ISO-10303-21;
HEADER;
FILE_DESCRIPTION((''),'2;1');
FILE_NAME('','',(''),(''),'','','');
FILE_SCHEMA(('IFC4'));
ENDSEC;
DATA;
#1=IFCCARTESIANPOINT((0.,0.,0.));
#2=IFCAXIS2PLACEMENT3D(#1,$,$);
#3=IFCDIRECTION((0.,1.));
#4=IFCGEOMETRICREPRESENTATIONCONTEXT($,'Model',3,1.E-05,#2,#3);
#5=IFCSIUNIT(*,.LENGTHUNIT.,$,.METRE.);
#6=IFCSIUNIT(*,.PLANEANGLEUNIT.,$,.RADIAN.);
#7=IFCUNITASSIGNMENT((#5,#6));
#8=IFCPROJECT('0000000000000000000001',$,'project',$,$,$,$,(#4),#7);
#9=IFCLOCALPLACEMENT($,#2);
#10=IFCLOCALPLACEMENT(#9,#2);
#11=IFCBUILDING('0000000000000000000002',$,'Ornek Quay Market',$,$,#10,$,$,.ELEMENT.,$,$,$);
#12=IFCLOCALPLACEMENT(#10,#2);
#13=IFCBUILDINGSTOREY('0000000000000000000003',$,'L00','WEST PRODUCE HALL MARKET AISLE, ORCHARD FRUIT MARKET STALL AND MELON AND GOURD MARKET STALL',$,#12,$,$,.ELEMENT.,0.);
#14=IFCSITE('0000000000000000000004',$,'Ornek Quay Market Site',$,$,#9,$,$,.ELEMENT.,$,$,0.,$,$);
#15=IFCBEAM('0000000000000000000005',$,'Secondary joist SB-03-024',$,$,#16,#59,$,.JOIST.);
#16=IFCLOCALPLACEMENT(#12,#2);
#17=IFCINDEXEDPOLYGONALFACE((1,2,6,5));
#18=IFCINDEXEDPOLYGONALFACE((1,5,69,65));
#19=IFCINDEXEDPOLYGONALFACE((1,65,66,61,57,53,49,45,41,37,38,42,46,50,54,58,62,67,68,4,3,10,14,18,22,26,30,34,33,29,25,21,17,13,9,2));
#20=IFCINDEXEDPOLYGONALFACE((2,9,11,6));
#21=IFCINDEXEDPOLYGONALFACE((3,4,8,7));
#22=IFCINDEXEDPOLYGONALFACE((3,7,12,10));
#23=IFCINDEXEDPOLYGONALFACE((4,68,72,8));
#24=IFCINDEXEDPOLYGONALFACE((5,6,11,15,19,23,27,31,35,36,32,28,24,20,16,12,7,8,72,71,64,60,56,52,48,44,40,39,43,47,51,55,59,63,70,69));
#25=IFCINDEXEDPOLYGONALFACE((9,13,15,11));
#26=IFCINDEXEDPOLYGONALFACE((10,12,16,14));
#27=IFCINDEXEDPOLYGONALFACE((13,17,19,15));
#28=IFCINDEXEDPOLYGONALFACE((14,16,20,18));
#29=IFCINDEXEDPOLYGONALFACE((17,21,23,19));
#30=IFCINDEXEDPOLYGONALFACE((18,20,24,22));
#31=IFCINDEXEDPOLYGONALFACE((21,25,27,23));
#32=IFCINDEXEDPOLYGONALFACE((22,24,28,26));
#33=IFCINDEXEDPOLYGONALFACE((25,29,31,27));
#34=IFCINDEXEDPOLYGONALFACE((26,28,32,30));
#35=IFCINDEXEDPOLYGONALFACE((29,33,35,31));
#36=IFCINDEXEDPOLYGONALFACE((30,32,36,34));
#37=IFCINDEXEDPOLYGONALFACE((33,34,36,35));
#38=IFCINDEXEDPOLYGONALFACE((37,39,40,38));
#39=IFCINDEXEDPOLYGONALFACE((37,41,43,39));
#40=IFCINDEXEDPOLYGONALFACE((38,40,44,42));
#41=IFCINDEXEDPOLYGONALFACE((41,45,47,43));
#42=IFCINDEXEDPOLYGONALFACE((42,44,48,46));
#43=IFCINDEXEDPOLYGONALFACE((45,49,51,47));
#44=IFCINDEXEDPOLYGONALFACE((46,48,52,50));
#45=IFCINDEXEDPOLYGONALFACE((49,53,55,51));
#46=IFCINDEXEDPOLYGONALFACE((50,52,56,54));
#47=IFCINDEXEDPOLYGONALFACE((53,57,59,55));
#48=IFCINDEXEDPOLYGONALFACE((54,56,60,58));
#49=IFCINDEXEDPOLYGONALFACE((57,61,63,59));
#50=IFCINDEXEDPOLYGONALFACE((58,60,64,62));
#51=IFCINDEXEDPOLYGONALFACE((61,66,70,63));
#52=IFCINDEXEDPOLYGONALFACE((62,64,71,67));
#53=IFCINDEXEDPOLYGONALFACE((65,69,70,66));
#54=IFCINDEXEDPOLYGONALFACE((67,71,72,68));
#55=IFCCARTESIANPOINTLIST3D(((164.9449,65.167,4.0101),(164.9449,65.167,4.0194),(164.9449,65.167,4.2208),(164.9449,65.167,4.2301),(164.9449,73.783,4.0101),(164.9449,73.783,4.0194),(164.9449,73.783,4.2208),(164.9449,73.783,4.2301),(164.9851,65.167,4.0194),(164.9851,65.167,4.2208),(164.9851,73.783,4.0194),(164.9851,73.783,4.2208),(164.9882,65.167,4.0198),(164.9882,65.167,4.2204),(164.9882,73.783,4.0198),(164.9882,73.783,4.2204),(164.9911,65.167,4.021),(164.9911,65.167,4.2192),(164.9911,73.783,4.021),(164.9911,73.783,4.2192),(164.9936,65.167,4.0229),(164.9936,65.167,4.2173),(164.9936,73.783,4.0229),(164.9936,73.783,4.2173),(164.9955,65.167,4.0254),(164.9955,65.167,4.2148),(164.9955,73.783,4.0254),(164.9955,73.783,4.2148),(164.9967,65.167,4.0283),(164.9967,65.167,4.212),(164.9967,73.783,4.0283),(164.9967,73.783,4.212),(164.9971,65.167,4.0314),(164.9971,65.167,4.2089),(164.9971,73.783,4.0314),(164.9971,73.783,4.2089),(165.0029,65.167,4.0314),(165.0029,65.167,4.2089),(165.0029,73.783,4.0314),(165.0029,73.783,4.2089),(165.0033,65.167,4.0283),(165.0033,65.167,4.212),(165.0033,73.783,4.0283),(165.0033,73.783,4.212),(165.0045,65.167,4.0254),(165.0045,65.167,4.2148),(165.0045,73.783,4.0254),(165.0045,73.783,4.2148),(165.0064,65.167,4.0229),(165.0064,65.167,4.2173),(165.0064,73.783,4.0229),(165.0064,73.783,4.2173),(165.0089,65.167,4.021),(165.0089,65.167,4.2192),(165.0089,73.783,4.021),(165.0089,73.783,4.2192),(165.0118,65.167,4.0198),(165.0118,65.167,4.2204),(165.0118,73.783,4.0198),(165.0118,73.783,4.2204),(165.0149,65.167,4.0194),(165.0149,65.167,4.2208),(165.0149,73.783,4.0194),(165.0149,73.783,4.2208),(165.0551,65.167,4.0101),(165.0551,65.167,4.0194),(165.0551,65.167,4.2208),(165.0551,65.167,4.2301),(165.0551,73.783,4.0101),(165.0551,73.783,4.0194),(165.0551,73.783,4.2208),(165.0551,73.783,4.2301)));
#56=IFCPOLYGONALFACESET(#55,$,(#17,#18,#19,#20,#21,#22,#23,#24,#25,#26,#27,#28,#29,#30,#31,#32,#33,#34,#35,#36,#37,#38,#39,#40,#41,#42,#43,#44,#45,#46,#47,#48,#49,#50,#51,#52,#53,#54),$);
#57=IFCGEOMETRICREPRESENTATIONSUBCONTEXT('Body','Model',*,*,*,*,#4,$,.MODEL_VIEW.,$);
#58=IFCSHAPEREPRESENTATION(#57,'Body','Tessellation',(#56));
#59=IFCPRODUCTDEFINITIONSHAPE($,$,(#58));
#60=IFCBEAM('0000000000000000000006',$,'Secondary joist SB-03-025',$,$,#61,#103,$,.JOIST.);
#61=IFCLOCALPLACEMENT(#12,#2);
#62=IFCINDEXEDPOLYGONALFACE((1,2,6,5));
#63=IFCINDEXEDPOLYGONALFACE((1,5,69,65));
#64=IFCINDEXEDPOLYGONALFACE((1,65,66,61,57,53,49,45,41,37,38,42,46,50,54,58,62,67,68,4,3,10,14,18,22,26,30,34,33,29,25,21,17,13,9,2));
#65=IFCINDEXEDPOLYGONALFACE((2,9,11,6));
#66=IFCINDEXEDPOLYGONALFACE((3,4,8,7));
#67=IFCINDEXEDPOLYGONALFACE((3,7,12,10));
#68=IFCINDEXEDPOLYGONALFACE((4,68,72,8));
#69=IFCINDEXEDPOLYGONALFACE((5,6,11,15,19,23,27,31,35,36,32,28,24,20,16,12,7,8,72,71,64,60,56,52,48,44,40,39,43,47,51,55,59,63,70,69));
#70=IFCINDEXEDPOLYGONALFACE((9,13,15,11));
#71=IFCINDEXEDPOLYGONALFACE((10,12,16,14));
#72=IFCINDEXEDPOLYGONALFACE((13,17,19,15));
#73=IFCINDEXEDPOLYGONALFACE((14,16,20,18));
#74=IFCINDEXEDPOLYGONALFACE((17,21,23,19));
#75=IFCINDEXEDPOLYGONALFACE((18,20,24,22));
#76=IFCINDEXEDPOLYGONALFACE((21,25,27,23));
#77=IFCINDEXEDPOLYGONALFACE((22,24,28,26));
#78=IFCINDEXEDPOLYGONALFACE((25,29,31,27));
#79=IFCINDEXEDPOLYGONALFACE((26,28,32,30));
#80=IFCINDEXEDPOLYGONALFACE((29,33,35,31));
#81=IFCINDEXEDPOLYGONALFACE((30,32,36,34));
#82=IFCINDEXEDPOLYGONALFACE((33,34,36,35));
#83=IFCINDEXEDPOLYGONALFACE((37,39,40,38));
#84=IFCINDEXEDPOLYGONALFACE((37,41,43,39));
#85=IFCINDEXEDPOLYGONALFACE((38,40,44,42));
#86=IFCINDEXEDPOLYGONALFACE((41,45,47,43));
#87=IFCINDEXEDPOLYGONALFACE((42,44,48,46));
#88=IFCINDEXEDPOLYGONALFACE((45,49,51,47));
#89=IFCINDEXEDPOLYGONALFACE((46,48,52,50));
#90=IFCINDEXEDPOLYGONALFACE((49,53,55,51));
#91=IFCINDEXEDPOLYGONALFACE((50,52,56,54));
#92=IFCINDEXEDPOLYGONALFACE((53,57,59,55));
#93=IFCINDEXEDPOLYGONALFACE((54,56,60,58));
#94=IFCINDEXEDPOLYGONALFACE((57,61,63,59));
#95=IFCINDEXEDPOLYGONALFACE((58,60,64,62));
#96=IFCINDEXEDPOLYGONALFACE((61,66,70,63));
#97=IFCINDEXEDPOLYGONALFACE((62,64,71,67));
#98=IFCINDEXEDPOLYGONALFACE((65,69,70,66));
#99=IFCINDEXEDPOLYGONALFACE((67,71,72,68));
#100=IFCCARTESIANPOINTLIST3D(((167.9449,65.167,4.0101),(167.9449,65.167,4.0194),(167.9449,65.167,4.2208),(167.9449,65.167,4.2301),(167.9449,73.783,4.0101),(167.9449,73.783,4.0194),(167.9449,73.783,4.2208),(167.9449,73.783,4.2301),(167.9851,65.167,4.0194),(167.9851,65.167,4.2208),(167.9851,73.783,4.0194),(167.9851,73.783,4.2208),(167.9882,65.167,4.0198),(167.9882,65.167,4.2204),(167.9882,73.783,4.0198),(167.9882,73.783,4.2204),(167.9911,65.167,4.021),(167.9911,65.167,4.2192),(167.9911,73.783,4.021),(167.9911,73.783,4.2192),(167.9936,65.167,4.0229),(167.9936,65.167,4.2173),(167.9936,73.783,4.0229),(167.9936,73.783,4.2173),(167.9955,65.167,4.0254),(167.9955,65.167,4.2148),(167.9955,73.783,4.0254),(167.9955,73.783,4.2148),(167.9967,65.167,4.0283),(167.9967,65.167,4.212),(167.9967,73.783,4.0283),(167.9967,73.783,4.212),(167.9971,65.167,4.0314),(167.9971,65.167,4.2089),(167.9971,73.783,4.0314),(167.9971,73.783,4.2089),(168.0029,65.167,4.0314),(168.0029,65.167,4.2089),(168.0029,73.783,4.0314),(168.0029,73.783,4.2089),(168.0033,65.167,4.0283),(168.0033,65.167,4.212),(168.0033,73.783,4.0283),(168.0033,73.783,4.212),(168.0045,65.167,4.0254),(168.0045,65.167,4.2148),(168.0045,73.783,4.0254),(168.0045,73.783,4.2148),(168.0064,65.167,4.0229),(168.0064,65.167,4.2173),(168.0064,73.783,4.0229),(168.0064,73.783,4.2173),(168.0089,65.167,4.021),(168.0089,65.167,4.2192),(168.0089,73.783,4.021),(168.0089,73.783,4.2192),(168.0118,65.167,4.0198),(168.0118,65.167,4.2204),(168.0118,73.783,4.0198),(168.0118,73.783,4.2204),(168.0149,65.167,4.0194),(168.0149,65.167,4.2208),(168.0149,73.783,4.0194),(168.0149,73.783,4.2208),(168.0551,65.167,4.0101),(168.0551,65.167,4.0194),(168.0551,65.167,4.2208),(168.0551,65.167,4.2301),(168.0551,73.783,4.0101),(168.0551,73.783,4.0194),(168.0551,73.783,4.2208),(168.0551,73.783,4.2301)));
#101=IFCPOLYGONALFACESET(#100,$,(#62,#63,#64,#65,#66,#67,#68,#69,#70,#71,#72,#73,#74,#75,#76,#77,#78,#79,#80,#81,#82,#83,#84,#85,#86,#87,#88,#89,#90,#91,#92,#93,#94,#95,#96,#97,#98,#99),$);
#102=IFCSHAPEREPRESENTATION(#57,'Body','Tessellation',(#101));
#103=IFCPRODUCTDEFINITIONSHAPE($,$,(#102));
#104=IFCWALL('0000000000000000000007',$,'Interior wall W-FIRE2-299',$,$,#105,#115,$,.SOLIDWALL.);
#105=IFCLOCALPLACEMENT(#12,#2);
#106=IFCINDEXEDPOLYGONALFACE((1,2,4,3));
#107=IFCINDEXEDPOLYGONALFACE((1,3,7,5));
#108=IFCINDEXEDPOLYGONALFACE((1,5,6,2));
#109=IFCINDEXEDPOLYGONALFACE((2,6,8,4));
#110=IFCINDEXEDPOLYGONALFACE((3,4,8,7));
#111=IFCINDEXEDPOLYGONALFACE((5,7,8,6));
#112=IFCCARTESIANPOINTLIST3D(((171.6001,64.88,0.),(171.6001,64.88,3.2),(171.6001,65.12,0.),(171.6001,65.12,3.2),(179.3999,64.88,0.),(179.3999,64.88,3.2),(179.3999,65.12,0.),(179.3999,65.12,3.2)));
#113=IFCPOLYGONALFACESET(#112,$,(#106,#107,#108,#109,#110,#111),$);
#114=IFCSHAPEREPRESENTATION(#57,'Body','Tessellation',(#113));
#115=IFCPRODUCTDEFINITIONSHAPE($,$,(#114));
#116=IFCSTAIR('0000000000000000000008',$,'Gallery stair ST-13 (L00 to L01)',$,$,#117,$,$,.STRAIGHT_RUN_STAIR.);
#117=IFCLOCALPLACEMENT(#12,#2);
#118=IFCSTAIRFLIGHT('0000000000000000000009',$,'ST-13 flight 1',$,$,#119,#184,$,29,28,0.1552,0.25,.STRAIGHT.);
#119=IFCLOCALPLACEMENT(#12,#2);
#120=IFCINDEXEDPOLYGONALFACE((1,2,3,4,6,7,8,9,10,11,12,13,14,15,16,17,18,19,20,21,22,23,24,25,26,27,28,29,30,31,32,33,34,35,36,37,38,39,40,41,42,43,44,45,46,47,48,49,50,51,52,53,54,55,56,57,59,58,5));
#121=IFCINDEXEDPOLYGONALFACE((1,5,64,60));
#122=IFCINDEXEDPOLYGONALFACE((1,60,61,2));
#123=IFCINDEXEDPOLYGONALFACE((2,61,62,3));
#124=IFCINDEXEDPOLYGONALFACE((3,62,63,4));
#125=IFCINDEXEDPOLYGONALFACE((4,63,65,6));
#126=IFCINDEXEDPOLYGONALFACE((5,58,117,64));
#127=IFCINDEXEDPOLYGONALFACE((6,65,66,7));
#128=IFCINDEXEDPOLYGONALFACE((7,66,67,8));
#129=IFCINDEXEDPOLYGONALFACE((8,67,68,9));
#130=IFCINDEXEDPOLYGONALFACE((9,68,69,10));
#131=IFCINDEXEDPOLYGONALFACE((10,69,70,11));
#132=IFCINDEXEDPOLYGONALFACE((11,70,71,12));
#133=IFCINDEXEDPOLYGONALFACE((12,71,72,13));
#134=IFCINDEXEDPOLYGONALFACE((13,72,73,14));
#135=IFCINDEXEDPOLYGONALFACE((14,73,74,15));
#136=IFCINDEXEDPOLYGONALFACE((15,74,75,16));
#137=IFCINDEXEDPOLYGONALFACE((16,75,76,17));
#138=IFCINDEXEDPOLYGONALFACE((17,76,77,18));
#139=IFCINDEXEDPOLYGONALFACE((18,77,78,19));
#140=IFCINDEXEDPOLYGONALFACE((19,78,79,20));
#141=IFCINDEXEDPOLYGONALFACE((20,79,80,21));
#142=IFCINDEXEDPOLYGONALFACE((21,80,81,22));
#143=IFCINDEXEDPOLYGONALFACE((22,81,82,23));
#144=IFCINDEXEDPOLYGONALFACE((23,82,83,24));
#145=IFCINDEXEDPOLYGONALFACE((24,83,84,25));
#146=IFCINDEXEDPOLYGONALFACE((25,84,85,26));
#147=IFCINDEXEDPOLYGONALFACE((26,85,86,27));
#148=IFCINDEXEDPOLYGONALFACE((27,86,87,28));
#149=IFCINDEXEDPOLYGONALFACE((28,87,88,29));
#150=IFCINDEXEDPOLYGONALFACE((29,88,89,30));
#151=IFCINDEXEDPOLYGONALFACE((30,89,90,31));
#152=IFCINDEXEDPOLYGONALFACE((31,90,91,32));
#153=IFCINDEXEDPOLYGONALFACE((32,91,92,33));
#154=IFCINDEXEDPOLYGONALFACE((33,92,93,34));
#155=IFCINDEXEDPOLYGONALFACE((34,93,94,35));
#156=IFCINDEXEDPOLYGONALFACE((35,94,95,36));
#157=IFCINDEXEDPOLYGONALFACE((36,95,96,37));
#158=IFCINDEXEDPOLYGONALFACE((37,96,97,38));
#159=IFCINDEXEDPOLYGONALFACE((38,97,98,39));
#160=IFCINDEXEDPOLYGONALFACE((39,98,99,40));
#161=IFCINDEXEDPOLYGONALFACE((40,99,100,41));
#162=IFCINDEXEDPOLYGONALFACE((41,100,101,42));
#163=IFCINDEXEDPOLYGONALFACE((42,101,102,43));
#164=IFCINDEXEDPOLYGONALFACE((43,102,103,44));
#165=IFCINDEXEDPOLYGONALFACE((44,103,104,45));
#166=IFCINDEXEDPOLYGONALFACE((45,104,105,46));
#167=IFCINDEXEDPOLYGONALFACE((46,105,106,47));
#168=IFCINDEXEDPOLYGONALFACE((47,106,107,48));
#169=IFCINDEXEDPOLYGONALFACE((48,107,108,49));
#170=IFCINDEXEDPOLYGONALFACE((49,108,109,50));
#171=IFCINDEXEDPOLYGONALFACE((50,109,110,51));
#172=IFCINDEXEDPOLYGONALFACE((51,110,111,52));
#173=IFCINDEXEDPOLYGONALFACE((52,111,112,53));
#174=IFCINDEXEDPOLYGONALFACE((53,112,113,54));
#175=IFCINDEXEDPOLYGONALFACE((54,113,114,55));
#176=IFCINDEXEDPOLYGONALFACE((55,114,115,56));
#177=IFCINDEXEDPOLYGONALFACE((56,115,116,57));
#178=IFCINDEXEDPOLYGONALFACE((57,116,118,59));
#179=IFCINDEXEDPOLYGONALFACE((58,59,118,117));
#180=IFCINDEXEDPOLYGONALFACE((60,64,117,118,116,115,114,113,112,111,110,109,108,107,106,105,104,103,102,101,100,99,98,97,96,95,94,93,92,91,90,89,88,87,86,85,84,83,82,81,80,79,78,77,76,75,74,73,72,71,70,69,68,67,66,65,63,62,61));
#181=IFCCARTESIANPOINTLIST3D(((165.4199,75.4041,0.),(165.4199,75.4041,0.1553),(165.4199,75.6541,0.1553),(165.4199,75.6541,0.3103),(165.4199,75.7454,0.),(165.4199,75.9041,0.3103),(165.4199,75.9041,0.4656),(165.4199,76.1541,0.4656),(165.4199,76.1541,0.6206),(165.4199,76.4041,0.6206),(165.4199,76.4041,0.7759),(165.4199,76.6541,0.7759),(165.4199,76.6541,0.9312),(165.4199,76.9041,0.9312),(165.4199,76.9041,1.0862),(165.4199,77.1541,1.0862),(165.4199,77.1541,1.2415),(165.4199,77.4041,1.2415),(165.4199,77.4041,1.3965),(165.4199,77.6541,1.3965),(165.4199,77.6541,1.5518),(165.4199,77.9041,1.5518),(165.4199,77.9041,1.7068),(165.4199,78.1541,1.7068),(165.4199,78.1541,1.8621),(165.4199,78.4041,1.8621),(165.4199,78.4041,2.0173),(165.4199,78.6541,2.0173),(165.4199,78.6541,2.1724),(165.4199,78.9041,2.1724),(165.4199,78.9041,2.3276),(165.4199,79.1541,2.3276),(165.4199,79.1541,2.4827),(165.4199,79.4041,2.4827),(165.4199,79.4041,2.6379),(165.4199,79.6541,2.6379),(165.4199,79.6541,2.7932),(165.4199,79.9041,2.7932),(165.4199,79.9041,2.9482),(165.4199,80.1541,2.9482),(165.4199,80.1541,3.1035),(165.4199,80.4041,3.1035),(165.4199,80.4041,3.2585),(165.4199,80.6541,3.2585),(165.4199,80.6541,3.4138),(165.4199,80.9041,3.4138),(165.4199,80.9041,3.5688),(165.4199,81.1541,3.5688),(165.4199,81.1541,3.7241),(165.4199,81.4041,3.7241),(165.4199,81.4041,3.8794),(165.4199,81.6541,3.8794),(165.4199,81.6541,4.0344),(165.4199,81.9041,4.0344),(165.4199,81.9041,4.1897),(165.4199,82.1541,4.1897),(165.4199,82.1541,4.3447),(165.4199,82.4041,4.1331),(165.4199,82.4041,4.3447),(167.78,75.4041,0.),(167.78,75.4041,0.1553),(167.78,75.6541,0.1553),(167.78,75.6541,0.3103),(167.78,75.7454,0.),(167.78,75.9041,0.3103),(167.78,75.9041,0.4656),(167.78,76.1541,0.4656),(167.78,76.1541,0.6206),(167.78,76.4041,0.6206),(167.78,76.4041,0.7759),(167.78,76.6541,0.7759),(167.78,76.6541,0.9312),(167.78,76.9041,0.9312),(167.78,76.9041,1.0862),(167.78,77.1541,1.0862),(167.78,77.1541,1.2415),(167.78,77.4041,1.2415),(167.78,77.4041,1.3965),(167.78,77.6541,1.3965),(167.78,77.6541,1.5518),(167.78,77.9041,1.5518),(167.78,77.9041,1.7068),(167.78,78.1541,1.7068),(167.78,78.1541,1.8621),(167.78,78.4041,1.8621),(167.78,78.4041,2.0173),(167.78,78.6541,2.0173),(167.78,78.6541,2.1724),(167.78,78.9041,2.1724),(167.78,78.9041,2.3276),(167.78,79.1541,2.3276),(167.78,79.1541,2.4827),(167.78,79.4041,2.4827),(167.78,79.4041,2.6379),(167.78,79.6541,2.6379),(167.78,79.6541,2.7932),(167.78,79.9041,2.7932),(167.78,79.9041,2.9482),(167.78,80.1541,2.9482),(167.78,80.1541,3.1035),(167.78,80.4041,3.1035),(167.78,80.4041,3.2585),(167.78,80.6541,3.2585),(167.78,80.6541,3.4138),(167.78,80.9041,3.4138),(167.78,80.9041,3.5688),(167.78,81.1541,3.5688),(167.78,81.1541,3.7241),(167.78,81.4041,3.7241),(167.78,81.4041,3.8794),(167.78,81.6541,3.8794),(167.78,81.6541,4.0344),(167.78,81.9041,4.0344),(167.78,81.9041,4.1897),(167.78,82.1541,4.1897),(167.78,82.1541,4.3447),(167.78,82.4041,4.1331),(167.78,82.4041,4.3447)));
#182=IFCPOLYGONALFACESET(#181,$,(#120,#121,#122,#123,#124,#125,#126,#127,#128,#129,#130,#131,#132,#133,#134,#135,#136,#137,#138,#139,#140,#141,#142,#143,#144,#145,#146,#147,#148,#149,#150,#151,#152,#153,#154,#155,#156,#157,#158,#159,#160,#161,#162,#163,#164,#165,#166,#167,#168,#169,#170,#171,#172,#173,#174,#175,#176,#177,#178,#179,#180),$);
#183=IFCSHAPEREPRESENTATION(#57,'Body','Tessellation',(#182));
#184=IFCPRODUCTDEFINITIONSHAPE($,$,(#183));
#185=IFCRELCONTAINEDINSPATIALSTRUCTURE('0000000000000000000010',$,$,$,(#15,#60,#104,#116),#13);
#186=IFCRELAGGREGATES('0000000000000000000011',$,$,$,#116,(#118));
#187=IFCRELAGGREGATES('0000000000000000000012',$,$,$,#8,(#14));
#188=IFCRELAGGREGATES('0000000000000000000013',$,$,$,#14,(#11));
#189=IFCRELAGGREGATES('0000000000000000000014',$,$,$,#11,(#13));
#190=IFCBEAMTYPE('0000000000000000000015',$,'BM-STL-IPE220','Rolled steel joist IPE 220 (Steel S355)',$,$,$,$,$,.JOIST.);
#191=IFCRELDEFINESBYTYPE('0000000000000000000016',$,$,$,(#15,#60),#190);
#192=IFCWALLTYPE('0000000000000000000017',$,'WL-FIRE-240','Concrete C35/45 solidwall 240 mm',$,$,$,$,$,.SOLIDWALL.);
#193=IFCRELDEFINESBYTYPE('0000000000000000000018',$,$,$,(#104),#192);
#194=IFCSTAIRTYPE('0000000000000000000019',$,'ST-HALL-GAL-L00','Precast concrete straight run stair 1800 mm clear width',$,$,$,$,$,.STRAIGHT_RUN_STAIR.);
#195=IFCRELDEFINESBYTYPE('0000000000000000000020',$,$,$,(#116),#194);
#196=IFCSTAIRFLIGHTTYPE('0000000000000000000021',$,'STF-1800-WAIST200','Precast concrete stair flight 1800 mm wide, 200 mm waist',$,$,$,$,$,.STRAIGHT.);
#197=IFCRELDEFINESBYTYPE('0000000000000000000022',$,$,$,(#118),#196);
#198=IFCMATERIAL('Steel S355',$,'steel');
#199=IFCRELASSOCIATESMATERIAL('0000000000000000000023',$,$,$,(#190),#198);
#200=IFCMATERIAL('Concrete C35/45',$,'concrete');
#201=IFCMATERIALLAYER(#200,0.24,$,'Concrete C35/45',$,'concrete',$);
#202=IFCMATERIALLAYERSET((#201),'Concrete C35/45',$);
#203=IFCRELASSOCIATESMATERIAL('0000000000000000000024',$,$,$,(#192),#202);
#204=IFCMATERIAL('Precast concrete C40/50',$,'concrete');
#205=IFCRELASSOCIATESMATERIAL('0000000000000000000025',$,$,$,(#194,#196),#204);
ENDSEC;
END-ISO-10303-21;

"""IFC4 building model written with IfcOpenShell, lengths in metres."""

from ifc_helpers import new_model, si_unit, direction, frame, frame_2d, origin, origin_2d, place, context, subcontext, project, spatial, polyline, rectangle, i_section, outline, extrude, material, layer, layer_set, material_profile, profile_set, type_object, element, aggregate, save


model = new_model("IFC4")

# Units and contexts
model_context = context("Model", 3, precision=1e-05, world=origin(), true_north=direction((0.0, 1.0)))
body_context = subcontext(model_context, "Body", "Model", "MODEL_VIEW")
ifc_project = project(units=[si_unit("LENGTHUNIT", "METRE"), si_unit("PLANEANGLEUNIT", "RADIAN")], contexts=[model_context])

# Site, building, storey
site_placement = place(None, origin())
site = spatial("IfcSite", under=ifc_project, at=site_placement, Name="Ornek Quay Market Site", CompositionType="ELEMENT", RefElevation=0.0)
building_placement = place(site_placement, origin())
building = spatial("IfcBuilding", under=site, at=building_placement, Name="Ornek Quay Market", CompositionType="ELEMENT")
storey_placement = place(building_placement, origin())
storey = spatial("IfcBuildingStorey", under=building, at=storey_placement, Name="L00", Description="WEST PRODUCE HALL MARKET AISLE, ORCHARD FRUIT MARKET STALL AND MELON AND GOURD MARKET STALL", CompositionType="ELEMENT", Elevation=0.0)

# Shared definitions
ifc_material_1 = material(Name="Concrete C35/45", Category="concrete")

# Beams
ifc_material_2 = material(Name="Steel S355", Category="steel")
ifc_material_profile_1 = material_profile(ifc_material_2, i_section(OverallWidth=0.1101, OverallDepth=0.22, WebThickness=0.0059, FlangeThickness=0.0093, FilletRadius=0.012, at=origin_2d()), Name="IPE 220", Category="steel")
ifc_profile_set_1 = profile_set([ifc_material_profile_1], Name="Steel S355")
beam_type_1 = type_object("IfcBeamType", Name="BM-STL-IPE220", Description="Rolled steel joist IPE 220 (Steel S355)", PredefinedType="JOIST", material=ifc_profile_set_1)
for number, where, z_axis, x_axis, name in (
    (1, (165.0, 65.167, 4.1201), (0.0, 1.0, 0.0), (-1.0, 0.0, 0.0), "Secondary joist SB-03-024"),
    (2, (168.0, 65.167, 4.1201), (0.0, 1.0, 0.0), (-1.0, 0.0, 0.0), "Secondary joist SB-03-025"),
):
    element("IfcBeam", number, at=place(storey_placement, frame(where, z_axis=z_axis, x_axis=x_axis)), inside=storey, type_object=beam_type_1, Name=name, PredefinedType="JOIST", context=body_context, shape_type="SweptSolid", body=[
        extrude(i_section(OverallWidth=0.1101, OverallDepth=0.22, WebThickness=0.0059, FlangeThickness=0.0093, FilletRadius=0.012, at=origin_2d()), origin(), (0.0, 0.0, 1.0), 8.616),
    ])

# Wall
ifc_layer = layer(ifc_material_1, 0.24, Name="Concrete C35/45", Category="concrete")
ifc_layer_set = layer_set([ifc_layer], Name="Concrete C35/45")
wall_type = type_object("IfcWallType", Name="WL-FIRE-240", Description="Concrete C35/45 solidwall 240 mm", PredefinedType="SOLIDWALL", material=ifc_layer_set)
wall_placement = place(storey_placement, frame((171.6001, 65.0, 0.0), z_axis=(0.0, 0.0, 1.0), x_axis=(1.0, 0.0, 0.0)))
element("IfcWall", 3, at=wall_placement, inside=storey, type_object=wall_type, Name="Interior wall W-FIRE2-299", PredefinedType="SOLIDWALL", context=body_context, shape_type="SweptSolid", body=[
    extrude(rectangle(XDim=7.7998, YDim=0.24, at=frame_2d((3.8999, 0.0))), origin(), (0.0, 0.0, 1.0), 3.2),
])

# Stair, stair flight
ifc_material_3 = material(Name="Precast concrete C40/50", Category="concrete")
stair_type = type_object("IfcStairType", Name="ST-HALL-GAL-L00", Description="Precast concrete straight run stair 1800 mm clear width", PredefinedType="STRAIGHT_RUN_STAIR", material=ifc_material_3)
stair_placement = place(storey_placement, origin())
stair = element("IfcStair", 4, at=stair_placement, inside=storey, type_object=stair_type, Name="Gallery stair ST-13 (L00 to L01)", PredefinedType="STRAIGHT_RUN_STAIR")
stair_flight_type = type_object("IfcStairFlightType", Name="STF-1800-WAIST200", Description="Precast concrete stair flight 1800 mm wide, 200 mm waist", PredefinedType="STRAIGHT", material=ifc_material_3)
stair_flight_placement = place(storey_placement, frame((166.6001, 75.4041, 0.0), z_axis=(0.0, 0.0, 1.0), x_axis=(0.0, 1.0, 0.0)))
stair_flight = element("IfcStairFlight", 5, at=stair_flight_placement, type_object=stair_flight_type, Name="ST-13 flight 1", NumberOfRisers=29, NumberOfTreads=28, PredefinedType="STRAIGHT", RiserHeight=0.1552, TreadLength=0.25, context=body_context, shape_type="SweptSolid", body=[
    extrude(outline(polyline([(0.0, 0.0), (0.0, 0.1553), (0.25, 0.1553), (0.25, 0.3103), (0.5, 0.3103), (0.5, 0.4656), (0.75, 0.4656), (0.75, 0.6206), (1.0, 0.6206), (1.0, 0.7759), (1.25, 0.7759), (1.25, 0.9312), (1.5, 0.9312), (1.5, 1.0862), (1.75, 1.0862), (1.75, 1.2415), (2.0, 1.2415), (2.0, 1.3965), (2.25, 1.3965), (2.25, 1.5518), (2.5, 1.5518), (2.5, 1.7068), (2.75, 1.7068), (2.75, 1.8621), (3.0, 1.8621), (3.0, 2.0173), (3.25, 2.0173), (3.25, 2.1724), (3.5, 2.1724), (3.5, 2.3276), (3.75, 2.3276), (3.75, 2.4827), (4.0, 2.4827), (4.0, 2.6379), (4.25, 2.6379), (4.25, 2.7932), (4.5, 2.7932), (4.5, 2.9482), (4.75, 2.9482), (4.75, 3.1035), (5.0, 3.1035), (5.0, 3.2585), (5.25, 3.2585), (5.25, 3.4138), (5.5, 3.4138), (5.5, 3.5688), (5.75, 3.5688), (5.75, 3.7241), (6.0, 3.7241), (6.0, 3.8794), (6.25, 3.8794), (6.25, 4.0344), (6.5, 4.0344), (6.5, 4.1897), (6.75, 4.1897), (6.75, 4.3447), (7.0, 4.3447), (7.0, 4.5), (7.0, 4.1331), (0.3413, 0.0), (0.0, 0.0)])), frame((0.0, 1.1802, 0.0), z_axis=(0.0, -1.0, 0.0), x_axis=(1.0, 0.0, 0.0)), (0.0, 0.0, 1.0), 2.3601),
])
aggregate(stair, [stair_flight])

save(model, "model.ifc")
